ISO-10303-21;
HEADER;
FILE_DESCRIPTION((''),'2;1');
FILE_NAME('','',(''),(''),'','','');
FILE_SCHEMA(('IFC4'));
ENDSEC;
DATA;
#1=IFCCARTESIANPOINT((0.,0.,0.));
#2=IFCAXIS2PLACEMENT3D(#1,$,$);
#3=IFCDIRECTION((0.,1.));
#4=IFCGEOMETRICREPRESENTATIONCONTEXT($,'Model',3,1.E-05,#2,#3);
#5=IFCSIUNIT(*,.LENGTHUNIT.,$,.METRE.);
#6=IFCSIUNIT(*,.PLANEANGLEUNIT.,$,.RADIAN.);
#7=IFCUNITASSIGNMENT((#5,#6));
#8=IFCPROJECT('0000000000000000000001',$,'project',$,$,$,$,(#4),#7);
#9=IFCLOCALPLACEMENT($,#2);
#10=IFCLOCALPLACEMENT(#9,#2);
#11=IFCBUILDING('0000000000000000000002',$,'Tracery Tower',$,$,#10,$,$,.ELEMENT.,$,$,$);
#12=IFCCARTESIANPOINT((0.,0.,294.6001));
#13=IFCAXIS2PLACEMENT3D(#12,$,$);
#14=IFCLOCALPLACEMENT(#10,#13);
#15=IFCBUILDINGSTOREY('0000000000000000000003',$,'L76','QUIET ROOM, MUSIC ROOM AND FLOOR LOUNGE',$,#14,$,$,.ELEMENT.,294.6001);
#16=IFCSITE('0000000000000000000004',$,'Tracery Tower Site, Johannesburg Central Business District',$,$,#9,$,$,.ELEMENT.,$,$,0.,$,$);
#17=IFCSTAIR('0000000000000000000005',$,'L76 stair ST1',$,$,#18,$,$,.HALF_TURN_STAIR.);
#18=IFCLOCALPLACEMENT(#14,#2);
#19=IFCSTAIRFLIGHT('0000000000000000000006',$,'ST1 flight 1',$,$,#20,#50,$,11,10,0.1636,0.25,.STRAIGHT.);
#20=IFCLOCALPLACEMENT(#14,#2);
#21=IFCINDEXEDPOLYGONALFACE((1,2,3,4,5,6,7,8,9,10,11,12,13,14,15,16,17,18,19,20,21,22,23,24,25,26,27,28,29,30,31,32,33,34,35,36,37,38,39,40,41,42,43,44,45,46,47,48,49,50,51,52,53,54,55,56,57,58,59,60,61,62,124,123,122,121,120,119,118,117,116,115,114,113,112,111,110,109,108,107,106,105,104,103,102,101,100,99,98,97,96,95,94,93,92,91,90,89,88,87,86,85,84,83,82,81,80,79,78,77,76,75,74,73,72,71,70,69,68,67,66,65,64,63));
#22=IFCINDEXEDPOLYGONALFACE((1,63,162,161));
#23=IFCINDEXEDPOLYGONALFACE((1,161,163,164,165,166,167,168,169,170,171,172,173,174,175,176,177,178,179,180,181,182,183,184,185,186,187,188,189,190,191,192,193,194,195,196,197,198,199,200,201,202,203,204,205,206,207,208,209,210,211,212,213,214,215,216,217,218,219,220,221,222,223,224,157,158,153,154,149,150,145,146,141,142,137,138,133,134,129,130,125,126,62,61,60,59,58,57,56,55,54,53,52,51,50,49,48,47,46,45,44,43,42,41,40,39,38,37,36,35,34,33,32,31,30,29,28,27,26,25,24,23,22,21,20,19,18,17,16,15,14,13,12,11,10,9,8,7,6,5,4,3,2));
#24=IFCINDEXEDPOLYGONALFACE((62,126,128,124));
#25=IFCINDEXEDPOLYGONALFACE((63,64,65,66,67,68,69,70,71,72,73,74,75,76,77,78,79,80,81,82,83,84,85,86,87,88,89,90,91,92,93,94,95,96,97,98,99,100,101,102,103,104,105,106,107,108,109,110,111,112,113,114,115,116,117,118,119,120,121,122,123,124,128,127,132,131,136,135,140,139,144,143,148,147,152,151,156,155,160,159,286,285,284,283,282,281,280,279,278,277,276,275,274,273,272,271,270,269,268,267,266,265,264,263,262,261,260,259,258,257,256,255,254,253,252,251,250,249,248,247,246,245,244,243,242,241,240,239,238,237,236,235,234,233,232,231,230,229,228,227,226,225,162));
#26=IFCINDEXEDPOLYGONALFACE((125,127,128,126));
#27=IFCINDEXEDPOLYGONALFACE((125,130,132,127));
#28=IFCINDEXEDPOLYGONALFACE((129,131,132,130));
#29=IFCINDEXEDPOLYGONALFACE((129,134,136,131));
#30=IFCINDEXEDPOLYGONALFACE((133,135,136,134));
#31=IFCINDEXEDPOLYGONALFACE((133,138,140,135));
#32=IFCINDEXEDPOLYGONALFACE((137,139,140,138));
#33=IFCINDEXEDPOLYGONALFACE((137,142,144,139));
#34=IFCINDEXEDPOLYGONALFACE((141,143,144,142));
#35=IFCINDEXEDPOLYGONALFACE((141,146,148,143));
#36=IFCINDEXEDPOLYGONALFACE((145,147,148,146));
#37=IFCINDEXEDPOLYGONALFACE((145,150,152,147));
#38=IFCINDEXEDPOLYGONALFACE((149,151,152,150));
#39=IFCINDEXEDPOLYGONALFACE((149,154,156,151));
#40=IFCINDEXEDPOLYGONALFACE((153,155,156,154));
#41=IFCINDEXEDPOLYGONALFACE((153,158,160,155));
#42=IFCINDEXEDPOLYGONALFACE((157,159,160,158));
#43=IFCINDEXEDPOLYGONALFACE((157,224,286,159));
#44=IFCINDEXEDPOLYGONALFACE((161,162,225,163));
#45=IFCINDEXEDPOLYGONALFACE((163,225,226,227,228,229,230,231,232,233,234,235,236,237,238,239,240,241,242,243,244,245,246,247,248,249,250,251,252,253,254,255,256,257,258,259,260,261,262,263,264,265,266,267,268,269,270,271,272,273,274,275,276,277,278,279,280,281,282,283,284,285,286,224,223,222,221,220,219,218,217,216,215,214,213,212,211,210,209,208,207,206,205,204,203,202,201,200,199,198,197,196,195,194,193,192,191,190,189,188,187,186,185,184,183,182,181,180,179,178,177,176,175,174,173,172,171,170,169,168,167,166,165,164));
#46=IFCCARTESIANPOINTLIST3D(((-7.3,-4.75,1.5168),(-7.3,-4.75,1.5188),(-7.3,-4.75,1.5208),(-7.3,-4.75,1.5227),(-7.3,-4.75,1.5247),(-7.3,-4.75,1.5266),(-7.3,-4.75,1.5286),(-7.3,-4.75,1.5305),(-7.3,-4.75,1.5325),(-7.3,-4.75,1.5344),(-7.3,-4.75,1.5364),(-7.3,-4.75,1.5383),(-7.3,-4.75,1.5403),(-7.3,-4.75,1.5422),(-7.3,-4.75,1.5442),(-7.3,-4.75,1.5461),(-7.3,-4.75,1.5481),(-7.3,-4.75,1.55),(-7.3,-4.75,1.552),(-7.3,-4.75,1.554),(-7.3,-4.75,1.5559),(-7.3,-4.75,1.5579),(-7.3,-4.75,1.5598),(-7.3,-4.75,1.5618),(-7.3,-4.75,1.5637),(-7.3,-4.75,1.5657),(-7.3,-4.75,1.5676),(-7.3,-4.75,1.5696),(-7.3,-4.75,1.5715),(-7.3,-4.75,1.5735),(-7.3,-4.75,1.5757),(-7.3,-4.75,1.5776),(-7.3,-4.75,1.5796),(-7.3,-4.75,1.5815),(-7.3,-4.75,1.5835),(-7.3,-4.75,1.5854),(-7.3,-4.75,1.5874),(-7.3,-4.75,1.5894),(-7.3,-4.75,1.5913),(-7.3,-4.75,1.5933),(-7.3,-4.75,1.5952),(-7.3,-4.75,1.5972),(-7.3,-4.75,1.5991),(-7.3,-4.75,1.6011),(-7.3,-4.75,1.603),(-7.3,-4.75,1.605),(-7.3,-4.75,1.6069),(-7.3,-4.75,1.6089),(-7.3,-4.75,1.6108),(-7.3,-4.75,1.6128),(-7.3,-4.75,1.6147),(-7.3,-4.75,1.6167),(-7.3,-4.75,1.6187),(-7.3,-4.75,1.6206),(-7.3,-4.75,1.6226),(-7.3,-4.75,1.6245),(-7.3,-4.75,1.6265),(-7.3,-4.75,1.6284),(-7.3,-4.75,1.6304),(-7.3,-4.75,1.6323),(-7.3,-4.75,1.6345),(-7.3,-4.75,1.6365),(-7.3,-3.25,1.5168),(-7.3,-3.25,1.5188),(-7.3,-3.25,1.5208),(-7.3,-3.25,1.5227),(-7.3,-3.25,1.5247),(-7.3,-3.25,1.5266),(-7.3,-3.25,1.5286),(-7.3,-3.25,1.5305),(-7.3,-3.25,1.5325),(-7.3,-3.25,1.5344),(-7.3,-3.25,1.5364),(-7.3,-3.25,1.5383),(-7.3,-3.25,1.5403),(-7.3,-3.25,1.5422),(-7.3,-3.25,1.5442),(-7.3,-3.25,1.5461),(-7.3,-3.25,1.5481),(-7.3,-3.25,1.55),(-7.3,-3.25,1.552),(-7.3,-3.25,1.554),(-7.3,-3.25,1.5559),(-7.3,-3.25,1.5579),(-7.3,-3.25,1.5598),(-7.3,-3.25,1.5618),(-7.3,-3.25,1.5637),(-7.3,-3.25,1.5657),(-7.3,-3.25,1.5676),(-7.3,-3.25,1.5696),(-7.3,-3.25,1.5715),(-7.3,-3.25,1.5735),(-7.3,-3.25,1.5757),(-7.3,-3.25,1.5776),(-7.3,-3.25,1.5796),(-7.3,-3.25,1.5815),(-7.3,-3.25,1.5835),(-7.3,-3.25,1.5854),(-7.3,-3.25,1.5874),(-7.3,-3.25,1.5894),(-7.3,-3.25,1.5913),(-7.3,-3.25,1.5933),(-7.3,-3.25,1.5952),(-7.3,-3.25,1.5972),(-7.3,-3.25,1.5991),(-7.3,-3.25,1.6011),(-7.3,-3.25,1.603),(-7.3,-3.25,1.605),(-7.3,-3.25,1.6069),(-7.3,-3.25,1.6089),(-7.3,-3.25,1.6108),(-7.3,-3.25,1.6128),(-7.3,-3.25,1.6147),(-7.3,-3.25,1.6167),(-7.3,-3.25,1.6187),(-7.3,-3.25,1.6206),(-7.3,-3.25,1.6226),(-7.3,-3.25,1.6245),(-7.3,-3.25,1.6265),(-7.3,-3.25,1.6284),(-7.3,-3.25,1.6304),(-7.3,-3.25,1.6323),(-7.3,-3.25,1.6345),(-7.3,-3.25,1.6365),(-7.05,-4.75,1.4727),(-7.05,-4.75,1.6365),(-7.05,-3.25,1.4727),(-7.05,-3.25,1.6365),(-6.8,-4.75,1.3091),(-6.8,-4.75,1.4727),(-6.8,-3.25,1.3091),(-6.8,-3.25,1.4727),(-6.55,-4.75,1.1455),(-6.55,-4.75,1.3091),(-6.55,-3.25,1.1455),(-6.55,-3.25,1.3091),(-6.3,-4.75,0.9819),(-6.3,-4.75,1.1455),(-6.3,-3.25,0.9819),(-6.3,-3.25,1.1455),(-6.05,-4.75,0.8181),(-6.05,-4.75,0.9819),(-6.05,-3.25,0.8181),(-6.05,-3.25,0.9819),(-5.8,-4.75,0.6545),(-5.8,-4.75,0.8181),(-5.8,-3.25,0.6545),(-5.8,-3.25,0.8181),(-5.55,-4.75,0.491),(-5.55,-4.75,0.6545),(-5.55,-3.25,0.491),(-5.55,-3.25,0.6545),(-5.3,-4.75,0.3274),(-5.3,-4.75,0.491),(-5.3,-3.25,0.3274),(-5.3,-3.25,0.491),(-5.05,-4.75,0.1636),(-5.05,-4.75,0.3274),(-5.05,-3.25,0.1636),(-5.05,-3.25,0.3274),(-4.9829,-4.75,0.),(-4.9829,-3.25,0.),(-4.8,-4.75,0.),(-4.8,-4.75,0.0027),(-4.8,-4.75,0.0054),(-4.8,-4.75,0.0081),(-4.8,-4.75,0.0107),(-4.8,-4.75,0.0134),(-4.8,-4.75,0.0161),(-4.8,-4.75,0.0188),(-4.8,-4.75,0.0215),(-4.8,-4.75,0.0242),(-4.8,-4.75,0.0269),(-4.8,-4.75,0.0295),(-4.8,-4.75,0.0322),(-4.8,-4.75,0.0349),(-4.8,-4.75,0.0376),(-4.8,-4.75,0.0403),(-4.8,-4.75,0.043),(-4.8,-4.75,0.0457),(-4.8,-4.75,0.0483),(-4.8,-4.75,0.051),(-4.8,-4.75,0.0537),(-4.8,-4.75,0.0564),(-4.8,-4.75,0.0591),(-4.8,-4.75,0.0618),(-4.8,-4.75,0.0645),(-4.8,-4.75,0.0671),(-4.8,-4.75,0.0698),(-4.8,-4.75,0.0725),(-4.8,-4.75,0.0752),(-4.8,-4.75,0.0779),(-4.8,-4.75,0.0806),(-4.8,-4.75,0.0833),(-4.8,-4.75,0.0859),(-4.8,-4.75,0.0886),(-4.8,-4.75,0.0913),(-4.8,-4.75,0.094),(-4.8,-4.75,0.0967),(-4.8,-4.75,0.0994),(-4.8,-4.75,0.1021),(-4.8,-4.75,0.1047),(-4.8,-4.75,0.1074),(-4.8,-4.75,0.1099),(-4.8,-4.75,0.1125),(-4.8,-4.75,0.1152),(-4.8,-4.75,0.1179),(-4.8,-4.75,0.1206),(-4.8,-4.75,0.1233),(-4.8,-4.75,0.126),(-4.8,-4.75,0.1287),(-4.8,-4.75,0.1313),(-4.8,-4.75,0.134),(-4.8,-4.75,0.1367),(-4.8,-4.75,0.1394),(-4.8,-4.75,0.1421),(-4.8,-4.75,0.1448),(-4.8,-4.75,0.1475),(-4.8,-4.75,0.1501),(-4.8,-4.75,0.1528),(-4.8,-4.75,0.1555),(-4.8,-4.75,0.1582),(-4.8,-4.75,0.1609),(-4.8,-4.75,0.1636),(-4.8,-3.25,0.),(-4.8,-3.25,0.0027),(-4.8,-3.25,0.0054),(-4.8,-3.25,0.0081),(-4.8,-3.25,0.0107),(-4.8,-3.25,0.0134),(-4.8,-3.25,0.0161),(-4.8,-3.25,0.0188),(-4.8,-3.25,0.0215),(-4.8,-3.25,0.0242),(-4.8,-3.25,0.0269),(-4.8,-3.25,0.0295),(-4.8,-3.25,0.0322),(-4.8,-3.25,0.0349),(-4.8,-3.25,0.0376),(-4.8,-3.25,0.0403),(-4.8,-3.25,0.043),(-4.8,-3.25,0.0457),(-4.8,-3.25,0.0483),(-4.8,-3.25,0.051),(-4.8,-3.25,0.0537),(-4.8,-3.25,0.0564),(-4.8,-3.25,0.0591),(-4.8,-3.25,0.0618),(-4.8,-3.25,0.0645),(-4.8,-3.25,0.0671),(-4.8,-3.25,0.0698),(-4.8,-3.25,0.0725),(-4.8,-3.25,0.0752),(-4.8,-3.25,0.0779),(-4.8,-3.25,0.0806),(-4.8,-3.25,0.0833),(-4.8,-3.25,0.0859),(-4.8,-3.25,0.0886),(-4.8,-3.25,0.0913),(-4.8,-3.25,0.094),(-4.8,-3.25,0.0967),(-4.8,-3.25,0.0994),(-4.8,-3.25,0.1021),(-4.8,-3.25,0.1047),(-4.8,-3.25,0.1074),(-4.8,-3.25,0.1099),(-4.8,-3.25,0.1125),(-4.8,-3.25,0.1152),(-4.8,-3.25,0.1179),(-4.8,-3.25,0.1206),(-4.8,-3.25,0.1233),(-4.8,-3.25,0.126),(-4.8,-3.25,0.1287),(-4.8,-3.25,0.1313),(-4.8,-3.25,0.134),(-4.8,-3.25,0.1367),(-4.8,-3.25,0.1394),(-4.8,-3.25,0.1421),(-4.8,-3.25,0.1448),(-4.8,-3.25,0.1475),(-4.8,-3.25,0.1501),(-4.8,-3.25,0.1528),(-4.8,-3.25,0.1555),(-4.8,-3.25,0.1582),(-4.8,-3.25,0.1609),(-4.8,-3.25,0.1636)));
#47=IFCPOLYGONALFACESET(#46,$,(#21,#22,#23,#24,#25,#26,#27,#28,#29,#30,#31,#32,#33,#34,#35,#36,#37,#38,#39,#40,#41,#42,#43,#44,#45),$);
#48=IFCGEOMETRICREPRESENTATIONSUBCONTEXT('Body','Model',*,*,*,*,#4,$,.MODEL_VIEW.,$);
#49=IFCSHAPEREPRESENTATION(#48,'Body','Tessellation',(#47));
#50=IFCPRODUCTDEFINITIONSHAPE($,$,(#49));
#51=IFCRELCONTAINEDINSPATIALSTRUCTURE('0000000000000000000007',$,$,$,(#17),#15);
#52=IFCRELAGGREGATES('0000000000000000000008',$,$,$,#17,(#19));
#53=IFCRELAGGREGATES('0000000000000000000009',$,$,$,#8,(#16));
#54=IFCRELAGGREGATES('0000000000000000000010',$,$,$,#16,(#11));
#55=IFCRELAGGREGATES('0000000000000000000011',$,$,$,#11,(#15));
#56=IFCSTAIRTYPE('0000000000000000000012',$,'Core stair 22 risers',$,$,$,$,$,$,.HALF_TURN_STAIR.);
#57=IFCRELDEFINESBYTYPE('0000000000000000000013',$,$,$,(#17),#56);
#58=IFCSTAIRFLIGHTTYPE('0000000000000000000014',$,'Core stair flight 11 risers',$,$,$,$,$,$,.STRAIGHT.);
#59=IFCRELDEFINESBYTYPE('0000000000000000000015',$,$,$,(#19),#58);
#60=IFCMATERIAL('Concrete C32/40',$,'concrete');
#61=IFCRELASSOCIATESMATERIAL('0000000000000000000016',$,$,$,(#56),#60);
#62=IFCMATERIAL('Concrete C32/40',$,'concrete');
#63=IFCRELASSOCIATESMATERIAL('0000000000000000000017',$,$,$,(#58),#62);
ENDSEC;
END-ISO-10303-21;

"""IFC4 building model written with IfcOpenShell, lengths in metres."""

from ifc_helpers import new_model, si_unit, direction, frame, origin, place, context, subcontext, project, spatial, polyline, outline, extrude, material, type_object, element, aggregate, save


model = new_model("IFC4")

# Units and contexts
model_context = context("Model", 3, precision=1e-05, world=origin(), true_north=direction((0.0, 1.0)))
body_context = subcontext(model_context, "Body", "Model", "MODEL_VIEW")
ifc_project = project(units=[si_unit("LENGTHUNIT", "METRE"), si_unit("PLANEANGLEUNIT", "RADIAN")], contexts=[model_context])

# Site, building, storey
site_placement = place(None, origin())
site = spatial("IfcSite", under=ifc_project, at=site_placement, Name="Tracery Tower Site, Johannesburg Central Business District", CompositionType="ELEMENT", RefElevation=0.0)
building_placement = place(site_placement, origin())
building = spatial("IfcBuilding", under=site, at=building_placement, Name="Tracery Tower", CompositionType="ELEMENT")
storey_placement = place(building_placement, frame((0.0, 0.0, 294.6001)))
storey = spatial("IfcBuildingStorey", under=building, at=storey_placement, Name="L76", Description="QUIET ROOM, MUSIC ROOM AND FLOOR LOUNGE", CompositionType="ELEMENT", Elevation=294.6001)

# Stair, stair flight
ifc_material_1 = material(Name="Concrete C32/40", Category="concrete")
stair_type = type_object("IfcStairType", Name="Core stair 22 risers", PredefinedType="HALF_TURN_STAIR", material=ifc_material_1)
stair_placement = place(storey_placement, origin())
stair = element("IfcStair", 1, at=stair_placement, inside=storey, type_object=stair_type, Name="L76 stair ST1", PredefinedType="HALF_TURN_STAIR")
ifc_material_2 = material(Name="Concrete C32/40", Category="concrete")
stair_flight_type = type_object("IfcStairFlightType", Name="Core stair flight 11 risers", PredefinedType="STRAIGHT", material=ifc_material_2)
stair_flight_1_placement = place(storey_placement, frame((-4.8, -4.0, 0.0), z_axis=(0.0, 0.0, 1.0), x_axis=(-1.0, 0.0, 0.0)))
stair_flight_1 = element("IfcStairFlight", 2, at=stair_flight_1_placement, type_object=stair_flight_type, Name="ST1 flight 1", NumberOfRisers=11, NumberOfTreads=10, PredefinedType="STRAIGHT", RiserHeight=0.1636, TreadLength=0.25, context=body_context, shape_type="SweptSolid", body=[
    extrude(outline(polyline([(0.0, 0.0), (0.0, 0.0027), (0.0, 0.0054), (0.0, 0.0081), (0.0, 0.0107), (0.0, 0.0134), (0.0, 0.0161), (0.0, 0.0188), (0.0, 0.0215), (0.0, 0.0242), (0.0, 0.0269), (0.0, 0.0295), (0.0, 0.0322), (0.0, 0.0349), (0.0, 0.0376), (0.0, 0.0403), (0.0, 0.043), (0.0, 0.0457), (0.0, 0.0483), (0.0, 0.051), (0.0, 0.0537), (0.0, 0.0564), (0.0, 0.0591), (0.0, 0.0618), (0.0, 0.0645), (0.0, 0.0671), (0.0, 0.0698), (0.0, 0.0725), (0.0, 0.0752), (0.0, 0.0779), (0.0, 0.0806), (0.0, 0.0833), (0.0, 0.0859), (0.0, 0.0886), (0.0, 0.0913), (0.0, 0.094), (0.0, 0.0967), (0.0, 0.0994), (0.0, 0.1021), (0.0, 0.1047), (0.0, 0.1074), (0.0, 0.1099), (0.0, 0.1125), (0.0, 0.1152), (0.0, 0.1179), (0.0, 0.1206), (0.0, 0.1233), (0.0, 0.126), (0.0, 0.1287), (0.0, 0.1313), (0.0, 0.134), (0.0, 0.1367), (0.0, 0.1394), (0.0, 0.1421), (0.0, 0.1448), (0.0, 0.1475), (0.0, 0.1501), (0.0, 0.1528), (0.0, 0.1555), (0.0, 0.1582), (0.0, 0.1609), (0.0, 0.1636), (0.25, 0.1636), (0.25, 0.3274), (0.5, 0.3274), (0.5, 0.491), (0.75, 0.491), (0.75, 0.6545), (1.0, 0.6545), (1.0, 0.8181), (1.25, 0.8181), (1.25, 0.9819), (1.5, 0.9819), (1.5, 1.1455), (1.75, 1.1455), (1.75, 1.3091), (2.0, 1.3091), (2.0, 1.4727), (2.25, 1.4727), (2.25, 1.6365), (2.5, 1.6365), (2.5, 1.6345), (2.5, 1.6323), (2.5, 1.6304), (2.5, 1.6284), (2.5, 1.6265), (2.5, 1.6245), (2.5, 1.6226), (2.5, 1.6206), (2.5, 1.6187), (2.5, 1.6167), (2.5, 1.6147), (2.5, 1.6128), (2.5, 1.6108), (2.5, 1.6089), (2.5, 1.6069), (2.5, 1.605), (2.5, 1.603), (2.5, 1.6011), (2.5, 1.5991), (2.5, 1.5972), (2.5, 1.5952), (2.5, 1.5933), (2.5, 1.5913), (2.5, 1.5894), (2.5, 1.5874), (2.5, 1.5854), (2.5, 1.5835), (2.5, 1.5815), (2.5, 1.5796), (2.5, 1.5776), (2.5, 1.5757), (2.5, 1.5735), (2.5, 1.5715), (2.5, 1.5696), (2.5, 1.5676), (2.5, 1.5657), (2.5, 1.5637), (2.5, 1.5618), (2.5, 1.5598), (2.5, 1.5579), (2.5, 1.5559), (2.5, 1.554), (2.5, 1.552), (2.5, 1.55), (2.5, 1.5481), (2.5, 1.5461), (2.5, 1.5442), (2.5, 1.5422), (2.5, 1.5403), (2.5, 1.5383), (2.5, 1.5364), (2.5, 1.5344), (2.5, 1.5325), (2.5, 1.5305), (2.5, 1.5286), (2.5, 1.5266), (2.5, 1.5247), (2.5, 1.5227), (2.5, 1.5208), (2.5, 1.5188), (2.5, 1.5168), (0.1829, 0.0), (0.0, 0.0)])), frame((0.0, 0.75, 0.0), z_axis=(0.0, -1.0, 0.0), x_axis=(1.0, 0.0, 0.0)), (0.0, 0.0, 1.0), 1.5),
])
aggregate(stair, [stair_flight_1])

save(model, "model.ifc")
